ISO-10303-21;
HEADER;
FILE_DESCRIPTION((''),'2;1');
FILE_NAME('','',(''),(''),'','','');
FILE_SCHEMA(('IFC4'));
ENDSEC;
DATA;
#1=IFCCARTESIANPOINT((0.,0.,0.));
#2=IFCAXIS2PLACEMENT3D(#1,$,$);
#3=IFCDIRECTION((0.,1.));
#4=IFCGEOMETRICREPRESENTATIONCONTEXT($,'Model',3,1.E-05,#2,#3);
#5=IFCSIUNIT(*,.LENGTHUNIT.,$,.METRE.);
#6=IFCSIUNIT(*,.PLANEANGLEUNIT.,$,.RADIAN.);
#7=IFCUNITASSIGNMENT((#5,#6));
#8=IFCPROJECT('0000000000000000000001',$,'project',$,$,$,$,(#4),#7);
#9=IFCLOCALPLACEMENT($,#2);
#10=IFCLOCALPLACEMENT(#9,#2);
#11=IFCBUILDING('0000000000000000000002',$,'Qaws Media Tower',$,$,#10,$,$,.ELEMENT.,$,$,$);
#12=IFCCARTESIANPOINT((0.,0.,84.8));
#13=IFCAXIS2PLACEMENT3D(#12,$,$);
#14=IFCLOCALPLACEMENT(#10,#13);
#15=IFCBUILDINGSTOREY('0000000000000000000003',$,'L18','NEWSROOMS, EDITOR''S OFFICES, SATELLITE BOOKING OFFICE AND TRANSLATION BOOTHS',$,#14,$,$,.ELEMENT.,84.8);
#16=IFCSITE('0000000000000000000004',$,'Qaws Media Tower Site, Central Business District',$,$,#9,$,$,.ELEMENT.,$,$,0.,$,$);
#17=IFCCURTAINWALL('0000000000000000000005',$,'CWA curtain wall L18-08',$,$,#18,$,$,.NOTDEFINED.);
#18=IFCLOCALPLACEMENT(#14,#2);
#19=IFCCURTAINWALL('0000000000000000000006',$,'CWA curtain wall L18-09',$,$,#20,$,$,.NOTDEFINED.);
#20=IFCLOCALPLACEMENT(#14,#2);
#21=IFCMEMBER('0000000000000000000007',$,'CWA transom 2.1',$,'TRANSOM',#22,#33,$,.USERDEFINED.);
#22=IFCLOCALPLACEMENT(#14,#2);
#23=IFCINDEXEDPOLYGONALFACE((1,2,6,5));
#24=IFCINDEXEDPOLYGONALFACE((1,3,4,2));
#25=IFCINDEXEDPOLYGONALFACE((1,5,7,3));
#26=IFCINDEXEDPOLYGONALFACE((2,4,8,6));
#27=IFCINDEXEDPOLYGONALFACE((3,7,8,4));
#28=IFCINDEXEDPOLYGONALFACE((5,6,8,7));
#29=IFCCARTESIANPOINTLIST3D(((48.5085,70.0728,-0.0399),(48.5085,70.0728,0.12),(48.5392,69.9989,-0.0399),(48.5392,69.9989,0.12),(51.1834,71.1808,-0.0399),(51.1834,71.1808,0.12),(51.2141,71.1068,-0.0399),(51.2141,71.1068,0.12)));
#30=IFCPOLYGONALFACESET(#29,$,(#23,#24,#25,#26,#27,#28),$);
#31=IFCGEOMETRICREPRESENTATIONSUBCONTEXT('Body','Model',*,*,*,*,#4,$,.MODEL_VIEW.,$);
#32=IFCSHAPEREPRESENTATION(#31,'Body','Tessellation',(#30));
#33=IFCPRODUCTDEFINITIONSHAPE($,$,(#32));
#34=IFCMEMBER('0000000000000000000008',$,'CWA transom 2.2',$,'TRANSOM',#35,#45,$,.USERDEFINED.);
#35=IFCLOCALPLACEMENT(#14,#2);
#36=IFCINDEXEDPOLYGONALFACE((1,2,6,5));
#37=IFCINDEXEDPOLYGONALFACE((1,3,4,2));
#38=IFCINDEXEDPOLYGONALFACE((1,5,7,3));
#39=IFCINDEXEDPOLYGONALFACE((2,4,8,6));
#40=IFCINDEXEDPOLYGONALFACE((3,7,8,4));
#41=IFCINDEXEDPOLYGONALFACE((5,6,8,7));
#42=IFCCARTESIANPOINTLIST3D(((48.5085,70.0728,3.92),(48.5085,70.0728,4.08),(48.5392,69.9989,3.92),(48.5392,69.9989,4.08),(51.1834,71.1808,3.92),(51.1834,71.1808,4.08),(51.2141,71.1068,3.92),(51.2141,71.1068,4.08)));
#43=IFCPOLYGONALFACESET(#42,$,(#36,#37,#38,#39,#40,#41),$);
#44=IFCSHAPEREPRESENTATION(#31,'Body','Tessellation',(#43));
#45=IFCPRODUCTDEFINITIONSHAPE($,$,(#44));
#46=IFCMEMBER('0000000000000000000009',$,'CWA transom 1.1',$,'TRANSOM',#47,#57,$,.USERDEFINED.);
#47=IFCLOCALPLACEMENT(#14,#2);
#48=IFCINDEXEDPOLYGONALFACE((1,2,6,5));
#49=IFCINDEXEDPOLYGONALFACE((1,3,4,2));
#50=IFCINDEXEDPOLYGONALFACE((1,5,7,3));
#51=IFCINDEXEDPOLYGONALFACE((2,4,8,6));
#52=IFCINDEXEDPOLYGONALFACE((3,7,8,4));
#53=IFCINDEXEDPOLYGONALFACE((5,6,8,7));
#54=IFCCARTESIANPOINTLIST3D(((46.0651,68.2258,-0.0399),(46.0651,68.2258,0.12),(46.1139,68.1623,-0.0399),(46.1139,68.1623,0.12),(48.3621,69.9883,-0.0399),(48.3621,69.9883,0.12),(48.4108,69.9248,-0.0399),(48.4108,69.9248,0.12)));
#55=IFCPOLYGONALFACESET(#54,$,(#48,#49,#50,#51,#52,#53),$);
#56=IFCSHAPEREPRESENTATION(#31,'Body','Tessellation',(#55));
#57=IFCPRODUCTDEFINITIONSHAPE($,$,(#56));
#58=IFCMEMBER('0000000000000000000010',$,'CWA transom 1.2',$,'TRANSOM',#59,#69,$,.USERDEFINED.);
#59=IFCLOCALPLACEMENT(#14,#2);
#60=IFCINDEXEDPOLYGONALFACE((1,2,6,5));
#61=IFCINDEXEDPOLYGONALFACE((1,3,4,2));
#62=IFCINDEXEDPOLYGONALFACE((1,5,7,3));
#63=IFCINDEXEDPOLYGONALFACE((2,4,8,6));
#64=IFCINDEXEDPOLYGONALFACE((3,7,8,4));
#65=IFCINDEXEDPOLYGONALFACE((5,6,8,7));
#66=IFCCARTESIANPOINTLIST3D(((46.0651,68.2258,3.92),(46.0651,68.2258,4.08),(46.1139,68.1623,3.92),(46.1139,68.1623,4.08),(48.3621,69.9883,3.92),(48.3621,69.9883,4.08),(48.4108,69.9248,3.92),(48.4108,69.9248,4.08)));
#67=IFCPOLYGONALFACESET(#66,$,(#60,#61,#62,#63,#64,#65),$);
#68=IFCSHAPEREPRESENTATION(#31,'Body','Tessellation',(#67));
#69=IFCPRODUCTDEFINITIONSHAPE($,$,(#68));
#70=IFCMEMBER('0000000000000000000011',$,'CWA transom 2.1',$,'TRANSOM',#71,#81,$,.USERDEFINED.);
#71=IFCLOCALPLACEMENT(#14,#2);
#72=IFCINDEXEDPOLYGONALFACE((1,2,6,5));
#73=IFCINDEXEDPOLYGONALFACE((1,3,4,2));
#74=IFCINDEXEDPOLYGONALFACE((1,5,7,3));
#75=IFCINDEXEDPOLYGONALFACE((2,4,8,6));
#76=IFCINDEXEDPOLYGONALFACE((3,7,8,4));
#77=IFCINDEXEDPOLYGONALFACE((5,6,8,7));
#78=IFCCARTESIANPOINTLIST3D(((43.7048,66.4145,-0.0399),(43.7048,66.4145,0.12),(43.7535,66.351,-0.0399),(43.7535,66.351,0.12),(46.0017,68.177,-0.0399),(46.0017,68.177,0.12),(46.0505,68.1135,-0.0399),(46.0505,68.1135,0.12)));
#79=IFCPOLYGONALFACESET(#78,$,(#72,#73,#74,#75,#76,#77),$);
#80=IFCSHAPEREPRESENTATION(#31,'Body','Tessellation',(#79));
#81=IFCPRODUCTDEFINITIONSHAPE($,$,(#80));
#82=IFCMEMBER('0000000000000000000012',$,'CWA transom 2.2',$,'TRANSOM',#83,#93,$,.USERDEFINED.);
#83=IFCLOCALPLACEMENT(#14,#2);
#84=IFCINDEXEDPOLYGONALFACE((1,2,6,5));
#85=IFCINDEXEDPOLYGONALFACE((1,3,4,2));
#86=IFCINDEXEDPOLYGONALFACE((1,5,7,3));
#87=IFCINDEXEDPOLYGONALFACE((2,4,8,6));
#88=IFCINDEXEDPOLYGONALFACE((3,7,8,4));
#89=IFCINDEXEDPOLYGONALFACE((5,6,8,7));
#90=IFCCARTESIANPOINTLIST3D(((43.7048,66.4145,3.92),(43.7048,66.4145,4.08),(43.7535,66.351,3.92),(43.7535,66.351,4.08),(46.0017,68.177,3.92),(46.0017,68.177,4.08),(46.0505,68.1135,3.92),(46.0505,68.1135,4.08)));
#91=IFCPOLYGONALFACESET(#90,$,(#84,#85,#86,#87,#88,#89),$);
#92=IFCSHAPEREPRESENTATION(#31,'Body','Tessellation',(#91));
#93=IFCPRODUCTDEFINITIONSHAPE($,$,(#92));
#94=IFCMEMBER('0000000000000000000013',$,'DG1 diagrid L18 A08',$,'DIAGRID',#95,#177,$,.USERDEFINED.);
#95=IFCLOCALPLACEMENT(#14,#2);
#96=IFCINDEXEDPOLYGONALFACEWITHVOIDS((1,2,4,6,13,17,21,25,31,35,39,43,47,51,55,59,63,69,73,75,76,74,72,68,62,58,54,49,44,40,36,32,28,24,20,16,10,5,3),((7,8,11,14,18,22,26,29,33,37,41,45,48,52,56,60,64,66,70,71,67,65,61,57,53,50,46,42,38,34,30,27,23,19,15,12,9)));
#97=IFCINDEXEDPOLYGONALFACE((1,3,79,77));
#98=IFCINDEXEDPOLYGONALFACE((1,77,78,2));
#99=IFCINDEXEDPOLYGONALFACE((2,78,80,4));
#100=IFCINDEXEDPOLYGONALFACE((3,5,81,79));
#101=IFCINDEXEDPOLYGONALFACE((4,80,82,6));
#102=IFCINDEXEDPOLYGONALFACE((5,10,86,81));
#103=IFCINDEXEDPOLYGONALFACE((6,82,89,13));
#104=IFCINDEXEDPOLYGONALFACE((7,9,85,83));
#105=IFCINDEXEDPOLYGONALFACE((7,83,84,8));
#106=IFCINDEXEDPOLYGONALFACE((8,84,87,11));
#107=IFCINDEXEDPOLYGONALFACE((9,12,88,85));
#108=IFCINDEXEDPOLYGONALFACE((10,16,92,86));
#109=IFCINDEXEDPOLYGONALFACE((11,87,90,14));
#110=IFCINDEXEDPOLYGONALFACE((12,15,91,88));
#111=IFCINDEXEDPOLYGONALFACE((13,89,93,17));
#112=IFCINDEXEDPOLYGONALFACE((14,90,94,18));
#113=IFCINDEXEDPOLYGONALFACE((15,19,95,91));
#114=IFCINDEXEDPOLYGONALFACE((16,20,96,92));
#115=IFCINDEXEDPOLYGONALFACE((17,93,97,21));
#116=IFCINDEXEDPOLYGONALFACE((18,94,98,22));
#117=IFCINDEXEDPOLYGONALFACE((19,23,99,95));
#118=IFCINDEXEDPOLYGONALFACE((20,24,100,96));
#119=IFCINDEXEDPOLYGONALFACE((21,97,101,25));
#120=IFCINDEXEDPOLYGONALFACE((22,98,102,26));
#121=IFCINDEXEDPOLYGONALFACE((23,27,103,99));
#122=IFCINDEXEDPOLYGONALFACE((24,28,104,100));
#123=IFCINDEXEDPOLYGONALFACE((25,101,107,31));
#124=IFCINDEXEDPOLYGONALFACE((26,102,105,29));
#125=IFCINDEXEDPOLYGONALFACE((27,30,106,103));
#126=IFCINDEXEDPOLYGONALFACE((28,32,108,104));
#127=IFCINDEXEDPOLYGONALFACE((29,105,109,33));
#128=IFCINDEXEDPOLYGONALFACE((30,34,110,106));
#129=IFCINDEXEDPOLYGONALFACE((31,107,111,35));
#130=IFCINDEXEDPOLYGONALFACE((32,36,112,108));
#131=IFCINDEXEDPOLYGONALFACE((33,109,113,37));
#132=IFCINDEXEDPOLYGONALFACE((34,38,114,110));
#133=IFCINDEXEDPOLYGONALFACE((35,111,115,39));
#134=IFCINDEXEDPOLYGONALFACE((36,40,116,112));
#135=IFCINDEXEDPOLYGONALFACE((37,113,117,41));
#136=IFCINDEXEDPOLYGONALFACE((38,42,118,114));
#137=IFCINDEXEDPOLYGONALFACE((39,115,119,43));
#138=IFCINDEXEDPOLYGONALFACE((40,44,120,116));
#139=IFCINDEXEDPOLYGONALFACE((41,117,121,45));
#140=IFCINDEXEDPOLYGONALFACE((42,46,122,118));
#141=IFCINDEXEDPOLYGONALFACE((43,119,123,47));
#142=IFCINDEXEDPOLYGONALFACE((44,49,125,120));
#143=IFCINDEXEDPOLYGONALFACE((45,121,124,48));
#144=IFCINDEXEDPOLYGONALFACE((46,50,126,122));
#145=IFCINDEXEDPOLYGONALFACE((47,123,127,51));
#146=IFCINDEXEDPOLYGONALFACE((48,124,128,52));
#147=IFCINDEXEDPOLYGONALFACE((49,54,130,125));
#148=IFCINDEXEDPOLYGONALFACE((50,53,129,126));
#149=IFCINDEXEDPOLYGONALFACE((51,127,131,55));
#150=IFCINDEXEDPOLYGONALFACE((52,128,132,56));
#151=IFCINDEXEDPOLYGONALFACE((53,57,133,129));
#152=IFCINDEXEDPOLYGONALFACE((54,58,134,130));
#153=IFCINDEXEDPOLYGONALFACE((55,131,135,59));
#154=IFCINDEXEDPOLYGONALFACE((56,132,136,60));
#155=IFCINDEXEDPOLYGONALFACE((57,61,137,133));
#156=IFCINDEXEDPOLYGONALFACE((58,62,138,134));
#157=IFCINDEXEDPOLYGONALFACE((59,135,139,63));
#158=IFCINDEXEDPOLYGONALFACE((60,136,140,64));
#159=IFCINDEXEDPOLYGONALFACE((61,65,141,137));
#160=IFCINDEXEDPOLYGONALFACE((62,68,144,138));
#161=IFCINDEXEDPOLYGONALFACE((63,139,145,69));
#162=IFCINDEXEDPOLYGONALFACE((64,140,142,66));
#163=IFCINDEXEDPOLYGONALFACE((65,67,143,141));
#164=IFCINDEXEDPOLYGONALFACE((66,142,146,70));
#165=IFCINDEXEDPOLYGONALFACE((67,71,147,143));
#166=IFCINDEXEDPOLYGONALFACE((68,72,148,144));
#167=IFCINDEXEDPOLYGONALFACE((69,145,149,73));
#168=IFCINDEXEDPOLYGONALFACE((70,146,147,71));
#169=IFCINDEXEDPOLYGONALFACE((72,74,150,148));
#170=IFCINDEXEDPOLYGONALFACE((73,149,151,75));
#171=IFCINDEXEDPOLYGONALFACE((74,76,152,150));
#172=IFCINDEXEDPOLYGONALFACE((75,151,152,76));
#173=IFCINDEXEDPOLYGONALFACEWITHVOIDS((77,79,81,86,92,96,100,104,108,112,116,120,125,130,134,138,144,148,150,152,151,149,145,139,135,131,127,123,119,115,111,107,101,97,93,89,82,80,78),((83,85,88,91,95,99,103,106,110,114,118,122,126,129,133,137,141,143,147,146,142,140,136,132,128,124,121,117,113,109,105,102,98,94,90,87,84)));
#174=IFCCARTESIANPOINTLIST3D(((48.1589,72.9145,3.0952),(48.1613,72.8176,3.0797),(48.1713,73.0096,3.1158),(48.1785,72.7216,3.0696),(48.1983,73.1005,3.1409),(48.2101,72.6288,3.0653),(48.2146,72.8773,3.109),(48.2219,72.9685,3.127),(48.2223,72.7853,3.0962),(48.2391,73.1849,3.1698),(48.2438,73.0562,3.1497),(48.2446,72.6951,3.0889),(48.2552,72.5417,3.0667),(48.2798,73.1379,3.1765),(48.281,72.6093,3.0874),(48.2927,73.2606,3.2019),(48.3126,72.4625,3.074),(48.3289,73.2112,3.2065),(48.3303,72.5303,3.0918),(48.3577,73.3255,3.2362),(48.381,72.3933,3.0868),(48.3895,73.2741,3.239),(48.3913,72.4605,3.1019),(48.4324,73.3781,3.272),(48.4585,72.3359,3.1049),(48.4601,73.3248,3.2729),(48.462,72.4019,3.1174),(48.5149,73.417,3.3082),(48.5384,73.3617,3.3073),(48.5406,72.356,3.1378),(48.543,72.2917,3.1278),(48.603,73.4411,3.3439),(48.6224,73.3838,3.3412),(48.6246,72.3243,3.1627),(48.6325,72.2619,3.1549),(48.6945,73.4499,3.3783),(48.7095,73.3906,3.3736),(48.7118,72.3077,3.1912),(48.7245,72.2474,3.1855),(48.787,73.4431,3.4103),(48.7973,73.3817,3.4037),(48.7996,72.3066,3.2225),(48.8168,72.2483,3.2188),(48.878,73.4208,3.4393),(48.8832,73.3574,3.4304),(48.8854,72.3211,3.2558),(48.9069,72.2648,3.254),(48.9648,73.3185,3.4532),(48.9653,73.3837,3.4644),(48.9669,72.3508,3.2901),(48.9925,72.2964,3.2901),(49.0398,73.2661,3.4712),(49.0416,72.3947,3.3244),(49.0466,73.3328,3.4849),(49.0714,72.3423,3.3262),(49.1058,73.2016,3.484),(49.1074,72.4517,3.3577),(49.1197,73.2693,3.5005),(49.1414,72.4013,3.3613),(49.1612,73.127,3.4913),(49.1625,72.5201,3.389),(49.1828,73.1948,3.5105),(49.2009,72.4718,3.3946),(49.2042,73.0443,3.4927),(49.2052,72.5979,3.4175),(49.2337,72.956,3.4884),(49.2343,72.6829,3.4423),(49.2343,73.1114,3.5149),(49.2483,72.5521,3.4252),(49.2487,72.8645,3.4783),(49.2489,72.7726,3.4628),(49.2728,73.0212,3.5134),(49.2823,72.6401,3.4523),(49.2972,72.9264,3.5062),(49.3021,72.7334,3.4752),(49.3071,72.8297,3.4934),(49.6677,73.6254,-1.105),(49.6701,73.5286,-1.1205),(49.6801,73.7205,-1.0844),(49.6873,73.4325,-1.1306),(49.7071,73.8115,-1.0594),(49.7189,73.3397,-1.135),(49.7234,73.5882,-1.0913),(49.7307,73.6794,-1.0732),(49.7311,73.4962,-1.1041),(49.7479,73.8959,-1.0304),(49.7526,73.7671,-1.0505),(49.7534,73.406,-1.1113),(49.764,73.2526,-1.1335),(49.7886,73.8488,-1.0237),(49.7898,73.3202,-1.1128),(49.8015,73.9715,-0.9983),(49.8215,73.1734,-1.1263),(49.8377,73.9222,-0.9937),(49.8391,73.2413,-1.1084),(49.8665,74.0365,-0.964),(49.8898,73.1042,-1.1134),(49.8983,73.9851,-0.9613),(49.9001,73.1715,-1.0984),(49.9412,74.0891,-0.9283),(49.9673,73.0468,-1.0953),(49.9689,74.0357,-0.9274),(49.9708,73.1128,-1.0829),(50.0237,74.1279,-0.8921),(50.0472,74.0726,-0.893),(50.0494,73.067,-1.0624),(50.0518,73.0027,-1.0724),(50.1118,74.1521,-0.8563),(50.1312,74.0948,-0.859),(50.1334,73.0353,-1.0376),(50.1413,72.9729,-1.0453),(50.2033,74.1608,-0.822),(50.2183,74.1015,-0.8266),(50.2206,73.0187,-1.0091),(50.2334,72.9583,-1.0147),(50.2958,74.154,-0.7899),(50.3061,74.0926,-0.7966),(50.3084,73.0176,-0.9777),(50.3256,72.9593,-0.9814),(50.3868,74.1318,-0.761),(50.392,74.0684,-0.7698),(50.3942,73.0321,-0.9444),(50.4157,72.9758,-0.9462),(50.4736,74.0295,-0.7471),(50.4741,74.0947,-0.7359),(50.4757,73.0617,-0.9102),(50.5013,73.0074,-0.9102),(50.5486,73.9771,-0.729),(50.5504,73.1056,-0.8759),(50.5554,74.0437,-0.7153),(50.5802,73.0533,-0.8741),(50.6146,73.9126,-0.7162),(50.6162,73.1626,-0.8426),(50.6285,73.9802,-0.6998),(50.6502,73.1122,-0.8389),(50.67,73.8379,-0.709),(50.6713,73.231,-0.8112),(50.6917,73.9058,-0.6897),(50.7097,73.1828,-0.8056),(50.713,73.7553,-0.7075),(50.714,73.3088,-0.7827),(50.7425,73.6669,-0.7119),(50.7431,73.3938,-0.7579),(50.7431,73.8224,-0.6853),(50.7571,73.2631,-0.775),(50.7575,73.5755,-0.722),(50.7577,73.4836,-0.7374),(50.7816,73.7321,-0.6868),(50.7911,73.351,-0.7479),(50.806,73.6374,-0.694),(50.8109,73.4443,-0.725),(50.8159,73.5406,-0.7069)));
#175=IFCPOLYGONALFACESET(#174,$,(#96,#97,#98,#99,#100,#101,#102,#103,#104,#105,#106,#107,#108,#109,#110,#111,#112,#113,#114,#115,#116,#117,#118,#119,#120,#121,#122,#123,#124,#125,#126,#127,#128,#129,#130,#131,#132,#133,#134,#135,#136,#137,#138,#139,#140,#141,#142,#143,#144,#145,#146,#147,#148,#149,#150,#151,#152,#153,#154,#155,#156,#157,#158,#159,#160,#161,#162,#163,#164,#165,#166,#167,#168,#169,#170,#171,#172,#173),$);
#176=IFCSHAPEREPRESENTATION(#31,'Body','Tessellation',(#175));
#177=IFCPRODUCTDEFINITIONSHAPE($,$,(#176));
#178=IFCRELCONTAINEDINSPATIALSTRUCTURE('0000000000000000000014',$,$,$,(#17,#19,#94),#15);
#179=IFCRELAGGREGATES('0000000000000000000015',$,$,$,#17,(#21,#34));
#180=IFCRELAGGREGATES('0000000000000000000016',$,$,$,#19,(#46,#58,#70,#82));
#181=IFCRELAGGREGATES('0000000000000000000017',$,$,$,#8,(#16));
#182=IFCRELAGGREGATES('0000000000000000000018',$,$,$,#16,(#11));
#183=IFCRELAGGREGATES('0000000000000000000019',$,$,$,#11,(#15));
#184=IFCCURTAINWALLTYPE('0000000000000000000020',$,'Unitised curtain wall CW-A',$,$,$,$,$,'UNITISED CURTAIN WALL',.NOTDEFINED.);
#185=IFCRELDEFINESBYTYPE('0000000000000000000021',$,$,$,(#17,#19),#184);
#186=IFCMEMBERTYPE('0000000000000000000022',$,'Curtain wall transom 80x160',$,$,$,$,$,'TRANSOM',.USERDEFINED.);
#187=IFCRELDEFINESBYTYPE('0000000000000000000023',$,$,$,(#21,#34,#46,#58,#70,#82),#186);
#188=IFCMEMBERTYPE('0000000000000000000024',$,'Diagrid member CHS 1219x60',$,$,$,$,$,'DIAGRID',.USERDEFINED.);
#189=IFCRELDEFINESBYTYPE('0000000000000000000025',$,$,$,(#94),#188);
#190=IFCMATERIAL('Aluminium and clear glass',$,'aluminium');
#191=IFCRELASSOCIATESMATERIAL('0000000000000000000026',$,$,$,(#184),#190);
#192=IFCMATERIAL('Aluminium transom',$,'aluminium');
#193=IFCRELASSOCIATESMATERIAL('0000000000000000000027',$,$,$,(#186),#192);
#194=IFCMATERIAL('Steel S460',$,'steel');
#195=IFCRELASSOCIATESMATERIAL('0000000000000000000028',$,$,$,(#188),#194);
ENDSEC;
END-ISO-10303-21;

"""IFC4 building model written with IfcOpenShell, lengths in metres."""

from ifc_helpers import new_model, si_unit, direction, frame, origin, origin_2d, place, context, subcontext, project, spatial, rectangle, hollow_circle, extrude, material, material_profile, profile_set, type_object, element, aggregate, save


model = new_model("IFC4")

# Units and contexts
model_context = context("Model", 3, precision=1e-05, world=origin(), true_north=direction((0.0, 1.0)))
body_context = subcontext(model_context, "Body", "Model", "MODEL_VIEW")
ifc_project = project(units=[si_unit("LENGTHUNIT", "METRE"), si_unit("PLANEANGLEUNIT", "RADIAN")], contexts=[model_context])

# Site, building, storey
site_placement = place(None, origin())
site = spatial("IfcSite", under=ifc_project, at=site_placement, Name="Qaws Media Tower Site, Central Business District", CompositionType="ELEMENT", RefElevation=0.0)
building_placement = place(site_placement, origin())
building = spatial("IfcBuilding", under=site, at=building_placement, Name="Qaws Media Tower", CompositionType="ELEMENT")
storey_placement = place(building_placement, frame((0.0, 0.0, 84.8)))
storey = spatial("IfcBuildingStorey", under=building, at=storey_placement, Name="L18", Description="NEWSROOMS, EDITOR'S OFFICES, SATELLITE BOOKING OFFICE AND TRANSLATION BOOTHS", CompositionType="ELEMENT", Elevation=84.8)

# Curtain walls
ifc_material_1 = material(Name="Aluminium and clear glass", Category="aluminium")
curtain_wall_type = type_object("IfcCurtainWallType", Name="Unitised curtain wall CW-A", ElementType="UNITISED CURTAIN WALL", PredefinedType="NOTDEFINED", material=ifc_material_1)
curtain_wall_1_placement = place(storey_placement, origin())
curtain_wall_1 = element("IfcCurtainWall", 1, at=curtain_wall_1_placement, inside=storey, type_object=curtain_wall_type, Name="CWA curtain wall L18-08", PredefinedType="NOTDEFINED")
curtain_wall_2_placement = place(storey_placement, origin())
curtain_wall_2 = element("IfcCurtainWall", 2, at=curtain_wall_2_placement, inside=storey, type_object=curtain_wall_type, Name="CWA curtain wall L18-09", PredefinedType="NOTDEFINED")

# Members
ifc_material_2 = material(Name="Aluminium transom", Category="aluminium")
ifc_material_profile_1 = material_profile(ifc_material_2, rectangle(XDim=0.0801, YDim=0.1599, at=origin_2d()), Name="80x160")
ifc_profile_set_1 = profile_set([ifc_material_profile_1], Name="Aluminium transom")
member_type_1 = type_object("IfcMemberType", Name="Curtain wall transom 80x160", ElementType="TRANSOM", PredefinedType="USERDEFINED", material=ifc_profile_set_1)
member_1_placement = place(storey_placement, frame((51.1987, 71.1438, 0.04), z_axis=(-0.923883, -0.382675, 0.0), x_axis=(0.382675, -0.923883, 0.0)))
member_1 = element("IfcMember", 3, at=member_1_placement, type_object=member_type_1, Name="CWA transom 2.1", ObjectType="TRANSOM", PredefinedType="USERDEFINED", context=body_context, shape_type="SweptSolid", body=[
    extrude(rectangle(XDim=0.0801, YDim=0.1599, at=origin_2d()), origin(), (0.0, 0.0, 1.0), 2.8953),
])
member_2_placement = place(storey_placement, frame((51.1987, 71.1438, 4.0), z_axis=(-0.923883, -0.382675, 0.0), x_axis=(0.382675, -0.923883, 0.0)))
member_2 = element("IfcMember", 4, at=member_2_placement, type_object=member_type_1, Name="CWA transom 2.2", ObjectType="TRANSOM", PredefinedType="USERDEFINED", context=body_context, shape_type="SweptSolid", body=[
    extrude(rectangle(XDim=0.0801, YDim=0.1599, at=origin_2d()), origin(), (0.0, 0.0, 1.0), 2.8953),
])
member_3_placement = place(storey_placement, frame((48.3865, 69.9565, 0.04), z_axis=(-0.793354, -0.608761, 0.0), x_axis=(0.608761, -0.793354, 0.0)))
member_3 = element("IfcMember", 5, at=member_3_placement, type_object=member_type_1, Name="CWA transom 1.1", ObjectType="TRANSOM", PredefinedType="USERDEFINED", context=body_context, shape_type="SweptSolid", body=[
    extrude(rectangle(XDim=0.0801, YDim=0.1599, at=origin_2d()), origin(), (0.0, 0.0, 1.0), 2.8953),
])
member_4_placement = place(storey_placement, frame((48.3865, 69.9565, 4.0), z_axis=(-0.793354, -0.608761, 0.0), x_axis=(0.608761, -0.793354, 0.0)))
member_4 = element("IfcMember", 6, at=member_4_placement, type_object=member_type_1, Name="CWA transom 1.2", ObjectType="TRANSOM", PredefinedType="USERDEFINED", context=body_context, shape_type="SweptSolid", body=[
    extrude(rectangle(XDim=0.0801, YDim=0.1599, at=origin_2d()), origin(), (0.0, 0.0, 1.0), 2.8953),
])
member_5_placement = place(storey_placement, frame((46.0261, 68.1453, 0.04), z_axis=(-0.793354, -0.608761, 0.0), x_axis=(0.608761, -0.793354, 0.0)))
member_5 = element("IfcMember", 7, at=member_5_placement, type_object=member_type_1, Name="CWA transom 2.1", ObjectType="TRANSOM", PredefinedType="USERDEFINED", context=body_context, shape_type="SweptSolid", body=[
    extrude(rectangle(XDim=0.0801, YDim=0.1599, at=origin_2d()), origin(), (0.0, 0.0, 1.0), 2.8953),
])
member_6_placement = place(storey_placement, frame((46.0261, 68.1453, 4.0), z_axis=(-0.793354, -0.608761, 0.0), x_axis=(0.608761, -0.793354, 0.0)))
member_6 = element("IfcMember", 8, at=member_6_placement, type_object=member_type_1, Name="CWA transom 2.2", ObjectType="TRANSOM", PredefinedType="USERDEFINED", context=body_context, shape_type="SweptSolid", body=[
    extrude(rectangle(XDim=0.0801, YDim=0.1599, at=origin_2d()), origin(), (0.0, 0.0, 1.0), 2.8953),
])

# Member
ifc_material_3 = material(Name="Steel S460", Category="steel")
ifc_material_profile_2 = material_profile(ifc_material_3, hollow_circle(Radius=0.6096, WallThickness=0.0601, at=origin_2d()), Name="CHS 1219x60")
ifc_profile_set_2 = profile_set([ifc_material_profile_2], Name="Steel S460")
member_type_2 = type_object("IfcMemberType", Name="Diagrid member CHS 1219x60", ElementType="DIAGRID", PredefinedType="USERDEFINED", material=ifc_profile_set_2)
for number, where, z_axis, x_axis, name in (
    (9, (50.2415, 73.5588, -0.9102), (-0.333859, -0.157314, 0.929403), (0.426248, -0.904606, 0.0), "DG1 diagrid L18 A08"),
):
    element("IfcMember", number, at=place(storey_placement, frame(where, z_axis=z_axis, x_axis=x_axis)), inside=storey, type_object=member_type_2, Name=name, ObjectType="DIAGRID", PredefinedType="USERDEFINED", context=body_context, shape_type="SweptSolid", body=[
        extrude(hollow_circle(Radius=0.6096, WallThickness=0.0601, at=origin_2d()), origin(), (0.0, 0.0, 1.0), 4.5193),
    ])

aggregate(curtain_wall_1, [member_1, member_2])
aggregate(curtain_wall_2, [member_3, member_4, member_5, member_6])

save(model, "model.ifc")
